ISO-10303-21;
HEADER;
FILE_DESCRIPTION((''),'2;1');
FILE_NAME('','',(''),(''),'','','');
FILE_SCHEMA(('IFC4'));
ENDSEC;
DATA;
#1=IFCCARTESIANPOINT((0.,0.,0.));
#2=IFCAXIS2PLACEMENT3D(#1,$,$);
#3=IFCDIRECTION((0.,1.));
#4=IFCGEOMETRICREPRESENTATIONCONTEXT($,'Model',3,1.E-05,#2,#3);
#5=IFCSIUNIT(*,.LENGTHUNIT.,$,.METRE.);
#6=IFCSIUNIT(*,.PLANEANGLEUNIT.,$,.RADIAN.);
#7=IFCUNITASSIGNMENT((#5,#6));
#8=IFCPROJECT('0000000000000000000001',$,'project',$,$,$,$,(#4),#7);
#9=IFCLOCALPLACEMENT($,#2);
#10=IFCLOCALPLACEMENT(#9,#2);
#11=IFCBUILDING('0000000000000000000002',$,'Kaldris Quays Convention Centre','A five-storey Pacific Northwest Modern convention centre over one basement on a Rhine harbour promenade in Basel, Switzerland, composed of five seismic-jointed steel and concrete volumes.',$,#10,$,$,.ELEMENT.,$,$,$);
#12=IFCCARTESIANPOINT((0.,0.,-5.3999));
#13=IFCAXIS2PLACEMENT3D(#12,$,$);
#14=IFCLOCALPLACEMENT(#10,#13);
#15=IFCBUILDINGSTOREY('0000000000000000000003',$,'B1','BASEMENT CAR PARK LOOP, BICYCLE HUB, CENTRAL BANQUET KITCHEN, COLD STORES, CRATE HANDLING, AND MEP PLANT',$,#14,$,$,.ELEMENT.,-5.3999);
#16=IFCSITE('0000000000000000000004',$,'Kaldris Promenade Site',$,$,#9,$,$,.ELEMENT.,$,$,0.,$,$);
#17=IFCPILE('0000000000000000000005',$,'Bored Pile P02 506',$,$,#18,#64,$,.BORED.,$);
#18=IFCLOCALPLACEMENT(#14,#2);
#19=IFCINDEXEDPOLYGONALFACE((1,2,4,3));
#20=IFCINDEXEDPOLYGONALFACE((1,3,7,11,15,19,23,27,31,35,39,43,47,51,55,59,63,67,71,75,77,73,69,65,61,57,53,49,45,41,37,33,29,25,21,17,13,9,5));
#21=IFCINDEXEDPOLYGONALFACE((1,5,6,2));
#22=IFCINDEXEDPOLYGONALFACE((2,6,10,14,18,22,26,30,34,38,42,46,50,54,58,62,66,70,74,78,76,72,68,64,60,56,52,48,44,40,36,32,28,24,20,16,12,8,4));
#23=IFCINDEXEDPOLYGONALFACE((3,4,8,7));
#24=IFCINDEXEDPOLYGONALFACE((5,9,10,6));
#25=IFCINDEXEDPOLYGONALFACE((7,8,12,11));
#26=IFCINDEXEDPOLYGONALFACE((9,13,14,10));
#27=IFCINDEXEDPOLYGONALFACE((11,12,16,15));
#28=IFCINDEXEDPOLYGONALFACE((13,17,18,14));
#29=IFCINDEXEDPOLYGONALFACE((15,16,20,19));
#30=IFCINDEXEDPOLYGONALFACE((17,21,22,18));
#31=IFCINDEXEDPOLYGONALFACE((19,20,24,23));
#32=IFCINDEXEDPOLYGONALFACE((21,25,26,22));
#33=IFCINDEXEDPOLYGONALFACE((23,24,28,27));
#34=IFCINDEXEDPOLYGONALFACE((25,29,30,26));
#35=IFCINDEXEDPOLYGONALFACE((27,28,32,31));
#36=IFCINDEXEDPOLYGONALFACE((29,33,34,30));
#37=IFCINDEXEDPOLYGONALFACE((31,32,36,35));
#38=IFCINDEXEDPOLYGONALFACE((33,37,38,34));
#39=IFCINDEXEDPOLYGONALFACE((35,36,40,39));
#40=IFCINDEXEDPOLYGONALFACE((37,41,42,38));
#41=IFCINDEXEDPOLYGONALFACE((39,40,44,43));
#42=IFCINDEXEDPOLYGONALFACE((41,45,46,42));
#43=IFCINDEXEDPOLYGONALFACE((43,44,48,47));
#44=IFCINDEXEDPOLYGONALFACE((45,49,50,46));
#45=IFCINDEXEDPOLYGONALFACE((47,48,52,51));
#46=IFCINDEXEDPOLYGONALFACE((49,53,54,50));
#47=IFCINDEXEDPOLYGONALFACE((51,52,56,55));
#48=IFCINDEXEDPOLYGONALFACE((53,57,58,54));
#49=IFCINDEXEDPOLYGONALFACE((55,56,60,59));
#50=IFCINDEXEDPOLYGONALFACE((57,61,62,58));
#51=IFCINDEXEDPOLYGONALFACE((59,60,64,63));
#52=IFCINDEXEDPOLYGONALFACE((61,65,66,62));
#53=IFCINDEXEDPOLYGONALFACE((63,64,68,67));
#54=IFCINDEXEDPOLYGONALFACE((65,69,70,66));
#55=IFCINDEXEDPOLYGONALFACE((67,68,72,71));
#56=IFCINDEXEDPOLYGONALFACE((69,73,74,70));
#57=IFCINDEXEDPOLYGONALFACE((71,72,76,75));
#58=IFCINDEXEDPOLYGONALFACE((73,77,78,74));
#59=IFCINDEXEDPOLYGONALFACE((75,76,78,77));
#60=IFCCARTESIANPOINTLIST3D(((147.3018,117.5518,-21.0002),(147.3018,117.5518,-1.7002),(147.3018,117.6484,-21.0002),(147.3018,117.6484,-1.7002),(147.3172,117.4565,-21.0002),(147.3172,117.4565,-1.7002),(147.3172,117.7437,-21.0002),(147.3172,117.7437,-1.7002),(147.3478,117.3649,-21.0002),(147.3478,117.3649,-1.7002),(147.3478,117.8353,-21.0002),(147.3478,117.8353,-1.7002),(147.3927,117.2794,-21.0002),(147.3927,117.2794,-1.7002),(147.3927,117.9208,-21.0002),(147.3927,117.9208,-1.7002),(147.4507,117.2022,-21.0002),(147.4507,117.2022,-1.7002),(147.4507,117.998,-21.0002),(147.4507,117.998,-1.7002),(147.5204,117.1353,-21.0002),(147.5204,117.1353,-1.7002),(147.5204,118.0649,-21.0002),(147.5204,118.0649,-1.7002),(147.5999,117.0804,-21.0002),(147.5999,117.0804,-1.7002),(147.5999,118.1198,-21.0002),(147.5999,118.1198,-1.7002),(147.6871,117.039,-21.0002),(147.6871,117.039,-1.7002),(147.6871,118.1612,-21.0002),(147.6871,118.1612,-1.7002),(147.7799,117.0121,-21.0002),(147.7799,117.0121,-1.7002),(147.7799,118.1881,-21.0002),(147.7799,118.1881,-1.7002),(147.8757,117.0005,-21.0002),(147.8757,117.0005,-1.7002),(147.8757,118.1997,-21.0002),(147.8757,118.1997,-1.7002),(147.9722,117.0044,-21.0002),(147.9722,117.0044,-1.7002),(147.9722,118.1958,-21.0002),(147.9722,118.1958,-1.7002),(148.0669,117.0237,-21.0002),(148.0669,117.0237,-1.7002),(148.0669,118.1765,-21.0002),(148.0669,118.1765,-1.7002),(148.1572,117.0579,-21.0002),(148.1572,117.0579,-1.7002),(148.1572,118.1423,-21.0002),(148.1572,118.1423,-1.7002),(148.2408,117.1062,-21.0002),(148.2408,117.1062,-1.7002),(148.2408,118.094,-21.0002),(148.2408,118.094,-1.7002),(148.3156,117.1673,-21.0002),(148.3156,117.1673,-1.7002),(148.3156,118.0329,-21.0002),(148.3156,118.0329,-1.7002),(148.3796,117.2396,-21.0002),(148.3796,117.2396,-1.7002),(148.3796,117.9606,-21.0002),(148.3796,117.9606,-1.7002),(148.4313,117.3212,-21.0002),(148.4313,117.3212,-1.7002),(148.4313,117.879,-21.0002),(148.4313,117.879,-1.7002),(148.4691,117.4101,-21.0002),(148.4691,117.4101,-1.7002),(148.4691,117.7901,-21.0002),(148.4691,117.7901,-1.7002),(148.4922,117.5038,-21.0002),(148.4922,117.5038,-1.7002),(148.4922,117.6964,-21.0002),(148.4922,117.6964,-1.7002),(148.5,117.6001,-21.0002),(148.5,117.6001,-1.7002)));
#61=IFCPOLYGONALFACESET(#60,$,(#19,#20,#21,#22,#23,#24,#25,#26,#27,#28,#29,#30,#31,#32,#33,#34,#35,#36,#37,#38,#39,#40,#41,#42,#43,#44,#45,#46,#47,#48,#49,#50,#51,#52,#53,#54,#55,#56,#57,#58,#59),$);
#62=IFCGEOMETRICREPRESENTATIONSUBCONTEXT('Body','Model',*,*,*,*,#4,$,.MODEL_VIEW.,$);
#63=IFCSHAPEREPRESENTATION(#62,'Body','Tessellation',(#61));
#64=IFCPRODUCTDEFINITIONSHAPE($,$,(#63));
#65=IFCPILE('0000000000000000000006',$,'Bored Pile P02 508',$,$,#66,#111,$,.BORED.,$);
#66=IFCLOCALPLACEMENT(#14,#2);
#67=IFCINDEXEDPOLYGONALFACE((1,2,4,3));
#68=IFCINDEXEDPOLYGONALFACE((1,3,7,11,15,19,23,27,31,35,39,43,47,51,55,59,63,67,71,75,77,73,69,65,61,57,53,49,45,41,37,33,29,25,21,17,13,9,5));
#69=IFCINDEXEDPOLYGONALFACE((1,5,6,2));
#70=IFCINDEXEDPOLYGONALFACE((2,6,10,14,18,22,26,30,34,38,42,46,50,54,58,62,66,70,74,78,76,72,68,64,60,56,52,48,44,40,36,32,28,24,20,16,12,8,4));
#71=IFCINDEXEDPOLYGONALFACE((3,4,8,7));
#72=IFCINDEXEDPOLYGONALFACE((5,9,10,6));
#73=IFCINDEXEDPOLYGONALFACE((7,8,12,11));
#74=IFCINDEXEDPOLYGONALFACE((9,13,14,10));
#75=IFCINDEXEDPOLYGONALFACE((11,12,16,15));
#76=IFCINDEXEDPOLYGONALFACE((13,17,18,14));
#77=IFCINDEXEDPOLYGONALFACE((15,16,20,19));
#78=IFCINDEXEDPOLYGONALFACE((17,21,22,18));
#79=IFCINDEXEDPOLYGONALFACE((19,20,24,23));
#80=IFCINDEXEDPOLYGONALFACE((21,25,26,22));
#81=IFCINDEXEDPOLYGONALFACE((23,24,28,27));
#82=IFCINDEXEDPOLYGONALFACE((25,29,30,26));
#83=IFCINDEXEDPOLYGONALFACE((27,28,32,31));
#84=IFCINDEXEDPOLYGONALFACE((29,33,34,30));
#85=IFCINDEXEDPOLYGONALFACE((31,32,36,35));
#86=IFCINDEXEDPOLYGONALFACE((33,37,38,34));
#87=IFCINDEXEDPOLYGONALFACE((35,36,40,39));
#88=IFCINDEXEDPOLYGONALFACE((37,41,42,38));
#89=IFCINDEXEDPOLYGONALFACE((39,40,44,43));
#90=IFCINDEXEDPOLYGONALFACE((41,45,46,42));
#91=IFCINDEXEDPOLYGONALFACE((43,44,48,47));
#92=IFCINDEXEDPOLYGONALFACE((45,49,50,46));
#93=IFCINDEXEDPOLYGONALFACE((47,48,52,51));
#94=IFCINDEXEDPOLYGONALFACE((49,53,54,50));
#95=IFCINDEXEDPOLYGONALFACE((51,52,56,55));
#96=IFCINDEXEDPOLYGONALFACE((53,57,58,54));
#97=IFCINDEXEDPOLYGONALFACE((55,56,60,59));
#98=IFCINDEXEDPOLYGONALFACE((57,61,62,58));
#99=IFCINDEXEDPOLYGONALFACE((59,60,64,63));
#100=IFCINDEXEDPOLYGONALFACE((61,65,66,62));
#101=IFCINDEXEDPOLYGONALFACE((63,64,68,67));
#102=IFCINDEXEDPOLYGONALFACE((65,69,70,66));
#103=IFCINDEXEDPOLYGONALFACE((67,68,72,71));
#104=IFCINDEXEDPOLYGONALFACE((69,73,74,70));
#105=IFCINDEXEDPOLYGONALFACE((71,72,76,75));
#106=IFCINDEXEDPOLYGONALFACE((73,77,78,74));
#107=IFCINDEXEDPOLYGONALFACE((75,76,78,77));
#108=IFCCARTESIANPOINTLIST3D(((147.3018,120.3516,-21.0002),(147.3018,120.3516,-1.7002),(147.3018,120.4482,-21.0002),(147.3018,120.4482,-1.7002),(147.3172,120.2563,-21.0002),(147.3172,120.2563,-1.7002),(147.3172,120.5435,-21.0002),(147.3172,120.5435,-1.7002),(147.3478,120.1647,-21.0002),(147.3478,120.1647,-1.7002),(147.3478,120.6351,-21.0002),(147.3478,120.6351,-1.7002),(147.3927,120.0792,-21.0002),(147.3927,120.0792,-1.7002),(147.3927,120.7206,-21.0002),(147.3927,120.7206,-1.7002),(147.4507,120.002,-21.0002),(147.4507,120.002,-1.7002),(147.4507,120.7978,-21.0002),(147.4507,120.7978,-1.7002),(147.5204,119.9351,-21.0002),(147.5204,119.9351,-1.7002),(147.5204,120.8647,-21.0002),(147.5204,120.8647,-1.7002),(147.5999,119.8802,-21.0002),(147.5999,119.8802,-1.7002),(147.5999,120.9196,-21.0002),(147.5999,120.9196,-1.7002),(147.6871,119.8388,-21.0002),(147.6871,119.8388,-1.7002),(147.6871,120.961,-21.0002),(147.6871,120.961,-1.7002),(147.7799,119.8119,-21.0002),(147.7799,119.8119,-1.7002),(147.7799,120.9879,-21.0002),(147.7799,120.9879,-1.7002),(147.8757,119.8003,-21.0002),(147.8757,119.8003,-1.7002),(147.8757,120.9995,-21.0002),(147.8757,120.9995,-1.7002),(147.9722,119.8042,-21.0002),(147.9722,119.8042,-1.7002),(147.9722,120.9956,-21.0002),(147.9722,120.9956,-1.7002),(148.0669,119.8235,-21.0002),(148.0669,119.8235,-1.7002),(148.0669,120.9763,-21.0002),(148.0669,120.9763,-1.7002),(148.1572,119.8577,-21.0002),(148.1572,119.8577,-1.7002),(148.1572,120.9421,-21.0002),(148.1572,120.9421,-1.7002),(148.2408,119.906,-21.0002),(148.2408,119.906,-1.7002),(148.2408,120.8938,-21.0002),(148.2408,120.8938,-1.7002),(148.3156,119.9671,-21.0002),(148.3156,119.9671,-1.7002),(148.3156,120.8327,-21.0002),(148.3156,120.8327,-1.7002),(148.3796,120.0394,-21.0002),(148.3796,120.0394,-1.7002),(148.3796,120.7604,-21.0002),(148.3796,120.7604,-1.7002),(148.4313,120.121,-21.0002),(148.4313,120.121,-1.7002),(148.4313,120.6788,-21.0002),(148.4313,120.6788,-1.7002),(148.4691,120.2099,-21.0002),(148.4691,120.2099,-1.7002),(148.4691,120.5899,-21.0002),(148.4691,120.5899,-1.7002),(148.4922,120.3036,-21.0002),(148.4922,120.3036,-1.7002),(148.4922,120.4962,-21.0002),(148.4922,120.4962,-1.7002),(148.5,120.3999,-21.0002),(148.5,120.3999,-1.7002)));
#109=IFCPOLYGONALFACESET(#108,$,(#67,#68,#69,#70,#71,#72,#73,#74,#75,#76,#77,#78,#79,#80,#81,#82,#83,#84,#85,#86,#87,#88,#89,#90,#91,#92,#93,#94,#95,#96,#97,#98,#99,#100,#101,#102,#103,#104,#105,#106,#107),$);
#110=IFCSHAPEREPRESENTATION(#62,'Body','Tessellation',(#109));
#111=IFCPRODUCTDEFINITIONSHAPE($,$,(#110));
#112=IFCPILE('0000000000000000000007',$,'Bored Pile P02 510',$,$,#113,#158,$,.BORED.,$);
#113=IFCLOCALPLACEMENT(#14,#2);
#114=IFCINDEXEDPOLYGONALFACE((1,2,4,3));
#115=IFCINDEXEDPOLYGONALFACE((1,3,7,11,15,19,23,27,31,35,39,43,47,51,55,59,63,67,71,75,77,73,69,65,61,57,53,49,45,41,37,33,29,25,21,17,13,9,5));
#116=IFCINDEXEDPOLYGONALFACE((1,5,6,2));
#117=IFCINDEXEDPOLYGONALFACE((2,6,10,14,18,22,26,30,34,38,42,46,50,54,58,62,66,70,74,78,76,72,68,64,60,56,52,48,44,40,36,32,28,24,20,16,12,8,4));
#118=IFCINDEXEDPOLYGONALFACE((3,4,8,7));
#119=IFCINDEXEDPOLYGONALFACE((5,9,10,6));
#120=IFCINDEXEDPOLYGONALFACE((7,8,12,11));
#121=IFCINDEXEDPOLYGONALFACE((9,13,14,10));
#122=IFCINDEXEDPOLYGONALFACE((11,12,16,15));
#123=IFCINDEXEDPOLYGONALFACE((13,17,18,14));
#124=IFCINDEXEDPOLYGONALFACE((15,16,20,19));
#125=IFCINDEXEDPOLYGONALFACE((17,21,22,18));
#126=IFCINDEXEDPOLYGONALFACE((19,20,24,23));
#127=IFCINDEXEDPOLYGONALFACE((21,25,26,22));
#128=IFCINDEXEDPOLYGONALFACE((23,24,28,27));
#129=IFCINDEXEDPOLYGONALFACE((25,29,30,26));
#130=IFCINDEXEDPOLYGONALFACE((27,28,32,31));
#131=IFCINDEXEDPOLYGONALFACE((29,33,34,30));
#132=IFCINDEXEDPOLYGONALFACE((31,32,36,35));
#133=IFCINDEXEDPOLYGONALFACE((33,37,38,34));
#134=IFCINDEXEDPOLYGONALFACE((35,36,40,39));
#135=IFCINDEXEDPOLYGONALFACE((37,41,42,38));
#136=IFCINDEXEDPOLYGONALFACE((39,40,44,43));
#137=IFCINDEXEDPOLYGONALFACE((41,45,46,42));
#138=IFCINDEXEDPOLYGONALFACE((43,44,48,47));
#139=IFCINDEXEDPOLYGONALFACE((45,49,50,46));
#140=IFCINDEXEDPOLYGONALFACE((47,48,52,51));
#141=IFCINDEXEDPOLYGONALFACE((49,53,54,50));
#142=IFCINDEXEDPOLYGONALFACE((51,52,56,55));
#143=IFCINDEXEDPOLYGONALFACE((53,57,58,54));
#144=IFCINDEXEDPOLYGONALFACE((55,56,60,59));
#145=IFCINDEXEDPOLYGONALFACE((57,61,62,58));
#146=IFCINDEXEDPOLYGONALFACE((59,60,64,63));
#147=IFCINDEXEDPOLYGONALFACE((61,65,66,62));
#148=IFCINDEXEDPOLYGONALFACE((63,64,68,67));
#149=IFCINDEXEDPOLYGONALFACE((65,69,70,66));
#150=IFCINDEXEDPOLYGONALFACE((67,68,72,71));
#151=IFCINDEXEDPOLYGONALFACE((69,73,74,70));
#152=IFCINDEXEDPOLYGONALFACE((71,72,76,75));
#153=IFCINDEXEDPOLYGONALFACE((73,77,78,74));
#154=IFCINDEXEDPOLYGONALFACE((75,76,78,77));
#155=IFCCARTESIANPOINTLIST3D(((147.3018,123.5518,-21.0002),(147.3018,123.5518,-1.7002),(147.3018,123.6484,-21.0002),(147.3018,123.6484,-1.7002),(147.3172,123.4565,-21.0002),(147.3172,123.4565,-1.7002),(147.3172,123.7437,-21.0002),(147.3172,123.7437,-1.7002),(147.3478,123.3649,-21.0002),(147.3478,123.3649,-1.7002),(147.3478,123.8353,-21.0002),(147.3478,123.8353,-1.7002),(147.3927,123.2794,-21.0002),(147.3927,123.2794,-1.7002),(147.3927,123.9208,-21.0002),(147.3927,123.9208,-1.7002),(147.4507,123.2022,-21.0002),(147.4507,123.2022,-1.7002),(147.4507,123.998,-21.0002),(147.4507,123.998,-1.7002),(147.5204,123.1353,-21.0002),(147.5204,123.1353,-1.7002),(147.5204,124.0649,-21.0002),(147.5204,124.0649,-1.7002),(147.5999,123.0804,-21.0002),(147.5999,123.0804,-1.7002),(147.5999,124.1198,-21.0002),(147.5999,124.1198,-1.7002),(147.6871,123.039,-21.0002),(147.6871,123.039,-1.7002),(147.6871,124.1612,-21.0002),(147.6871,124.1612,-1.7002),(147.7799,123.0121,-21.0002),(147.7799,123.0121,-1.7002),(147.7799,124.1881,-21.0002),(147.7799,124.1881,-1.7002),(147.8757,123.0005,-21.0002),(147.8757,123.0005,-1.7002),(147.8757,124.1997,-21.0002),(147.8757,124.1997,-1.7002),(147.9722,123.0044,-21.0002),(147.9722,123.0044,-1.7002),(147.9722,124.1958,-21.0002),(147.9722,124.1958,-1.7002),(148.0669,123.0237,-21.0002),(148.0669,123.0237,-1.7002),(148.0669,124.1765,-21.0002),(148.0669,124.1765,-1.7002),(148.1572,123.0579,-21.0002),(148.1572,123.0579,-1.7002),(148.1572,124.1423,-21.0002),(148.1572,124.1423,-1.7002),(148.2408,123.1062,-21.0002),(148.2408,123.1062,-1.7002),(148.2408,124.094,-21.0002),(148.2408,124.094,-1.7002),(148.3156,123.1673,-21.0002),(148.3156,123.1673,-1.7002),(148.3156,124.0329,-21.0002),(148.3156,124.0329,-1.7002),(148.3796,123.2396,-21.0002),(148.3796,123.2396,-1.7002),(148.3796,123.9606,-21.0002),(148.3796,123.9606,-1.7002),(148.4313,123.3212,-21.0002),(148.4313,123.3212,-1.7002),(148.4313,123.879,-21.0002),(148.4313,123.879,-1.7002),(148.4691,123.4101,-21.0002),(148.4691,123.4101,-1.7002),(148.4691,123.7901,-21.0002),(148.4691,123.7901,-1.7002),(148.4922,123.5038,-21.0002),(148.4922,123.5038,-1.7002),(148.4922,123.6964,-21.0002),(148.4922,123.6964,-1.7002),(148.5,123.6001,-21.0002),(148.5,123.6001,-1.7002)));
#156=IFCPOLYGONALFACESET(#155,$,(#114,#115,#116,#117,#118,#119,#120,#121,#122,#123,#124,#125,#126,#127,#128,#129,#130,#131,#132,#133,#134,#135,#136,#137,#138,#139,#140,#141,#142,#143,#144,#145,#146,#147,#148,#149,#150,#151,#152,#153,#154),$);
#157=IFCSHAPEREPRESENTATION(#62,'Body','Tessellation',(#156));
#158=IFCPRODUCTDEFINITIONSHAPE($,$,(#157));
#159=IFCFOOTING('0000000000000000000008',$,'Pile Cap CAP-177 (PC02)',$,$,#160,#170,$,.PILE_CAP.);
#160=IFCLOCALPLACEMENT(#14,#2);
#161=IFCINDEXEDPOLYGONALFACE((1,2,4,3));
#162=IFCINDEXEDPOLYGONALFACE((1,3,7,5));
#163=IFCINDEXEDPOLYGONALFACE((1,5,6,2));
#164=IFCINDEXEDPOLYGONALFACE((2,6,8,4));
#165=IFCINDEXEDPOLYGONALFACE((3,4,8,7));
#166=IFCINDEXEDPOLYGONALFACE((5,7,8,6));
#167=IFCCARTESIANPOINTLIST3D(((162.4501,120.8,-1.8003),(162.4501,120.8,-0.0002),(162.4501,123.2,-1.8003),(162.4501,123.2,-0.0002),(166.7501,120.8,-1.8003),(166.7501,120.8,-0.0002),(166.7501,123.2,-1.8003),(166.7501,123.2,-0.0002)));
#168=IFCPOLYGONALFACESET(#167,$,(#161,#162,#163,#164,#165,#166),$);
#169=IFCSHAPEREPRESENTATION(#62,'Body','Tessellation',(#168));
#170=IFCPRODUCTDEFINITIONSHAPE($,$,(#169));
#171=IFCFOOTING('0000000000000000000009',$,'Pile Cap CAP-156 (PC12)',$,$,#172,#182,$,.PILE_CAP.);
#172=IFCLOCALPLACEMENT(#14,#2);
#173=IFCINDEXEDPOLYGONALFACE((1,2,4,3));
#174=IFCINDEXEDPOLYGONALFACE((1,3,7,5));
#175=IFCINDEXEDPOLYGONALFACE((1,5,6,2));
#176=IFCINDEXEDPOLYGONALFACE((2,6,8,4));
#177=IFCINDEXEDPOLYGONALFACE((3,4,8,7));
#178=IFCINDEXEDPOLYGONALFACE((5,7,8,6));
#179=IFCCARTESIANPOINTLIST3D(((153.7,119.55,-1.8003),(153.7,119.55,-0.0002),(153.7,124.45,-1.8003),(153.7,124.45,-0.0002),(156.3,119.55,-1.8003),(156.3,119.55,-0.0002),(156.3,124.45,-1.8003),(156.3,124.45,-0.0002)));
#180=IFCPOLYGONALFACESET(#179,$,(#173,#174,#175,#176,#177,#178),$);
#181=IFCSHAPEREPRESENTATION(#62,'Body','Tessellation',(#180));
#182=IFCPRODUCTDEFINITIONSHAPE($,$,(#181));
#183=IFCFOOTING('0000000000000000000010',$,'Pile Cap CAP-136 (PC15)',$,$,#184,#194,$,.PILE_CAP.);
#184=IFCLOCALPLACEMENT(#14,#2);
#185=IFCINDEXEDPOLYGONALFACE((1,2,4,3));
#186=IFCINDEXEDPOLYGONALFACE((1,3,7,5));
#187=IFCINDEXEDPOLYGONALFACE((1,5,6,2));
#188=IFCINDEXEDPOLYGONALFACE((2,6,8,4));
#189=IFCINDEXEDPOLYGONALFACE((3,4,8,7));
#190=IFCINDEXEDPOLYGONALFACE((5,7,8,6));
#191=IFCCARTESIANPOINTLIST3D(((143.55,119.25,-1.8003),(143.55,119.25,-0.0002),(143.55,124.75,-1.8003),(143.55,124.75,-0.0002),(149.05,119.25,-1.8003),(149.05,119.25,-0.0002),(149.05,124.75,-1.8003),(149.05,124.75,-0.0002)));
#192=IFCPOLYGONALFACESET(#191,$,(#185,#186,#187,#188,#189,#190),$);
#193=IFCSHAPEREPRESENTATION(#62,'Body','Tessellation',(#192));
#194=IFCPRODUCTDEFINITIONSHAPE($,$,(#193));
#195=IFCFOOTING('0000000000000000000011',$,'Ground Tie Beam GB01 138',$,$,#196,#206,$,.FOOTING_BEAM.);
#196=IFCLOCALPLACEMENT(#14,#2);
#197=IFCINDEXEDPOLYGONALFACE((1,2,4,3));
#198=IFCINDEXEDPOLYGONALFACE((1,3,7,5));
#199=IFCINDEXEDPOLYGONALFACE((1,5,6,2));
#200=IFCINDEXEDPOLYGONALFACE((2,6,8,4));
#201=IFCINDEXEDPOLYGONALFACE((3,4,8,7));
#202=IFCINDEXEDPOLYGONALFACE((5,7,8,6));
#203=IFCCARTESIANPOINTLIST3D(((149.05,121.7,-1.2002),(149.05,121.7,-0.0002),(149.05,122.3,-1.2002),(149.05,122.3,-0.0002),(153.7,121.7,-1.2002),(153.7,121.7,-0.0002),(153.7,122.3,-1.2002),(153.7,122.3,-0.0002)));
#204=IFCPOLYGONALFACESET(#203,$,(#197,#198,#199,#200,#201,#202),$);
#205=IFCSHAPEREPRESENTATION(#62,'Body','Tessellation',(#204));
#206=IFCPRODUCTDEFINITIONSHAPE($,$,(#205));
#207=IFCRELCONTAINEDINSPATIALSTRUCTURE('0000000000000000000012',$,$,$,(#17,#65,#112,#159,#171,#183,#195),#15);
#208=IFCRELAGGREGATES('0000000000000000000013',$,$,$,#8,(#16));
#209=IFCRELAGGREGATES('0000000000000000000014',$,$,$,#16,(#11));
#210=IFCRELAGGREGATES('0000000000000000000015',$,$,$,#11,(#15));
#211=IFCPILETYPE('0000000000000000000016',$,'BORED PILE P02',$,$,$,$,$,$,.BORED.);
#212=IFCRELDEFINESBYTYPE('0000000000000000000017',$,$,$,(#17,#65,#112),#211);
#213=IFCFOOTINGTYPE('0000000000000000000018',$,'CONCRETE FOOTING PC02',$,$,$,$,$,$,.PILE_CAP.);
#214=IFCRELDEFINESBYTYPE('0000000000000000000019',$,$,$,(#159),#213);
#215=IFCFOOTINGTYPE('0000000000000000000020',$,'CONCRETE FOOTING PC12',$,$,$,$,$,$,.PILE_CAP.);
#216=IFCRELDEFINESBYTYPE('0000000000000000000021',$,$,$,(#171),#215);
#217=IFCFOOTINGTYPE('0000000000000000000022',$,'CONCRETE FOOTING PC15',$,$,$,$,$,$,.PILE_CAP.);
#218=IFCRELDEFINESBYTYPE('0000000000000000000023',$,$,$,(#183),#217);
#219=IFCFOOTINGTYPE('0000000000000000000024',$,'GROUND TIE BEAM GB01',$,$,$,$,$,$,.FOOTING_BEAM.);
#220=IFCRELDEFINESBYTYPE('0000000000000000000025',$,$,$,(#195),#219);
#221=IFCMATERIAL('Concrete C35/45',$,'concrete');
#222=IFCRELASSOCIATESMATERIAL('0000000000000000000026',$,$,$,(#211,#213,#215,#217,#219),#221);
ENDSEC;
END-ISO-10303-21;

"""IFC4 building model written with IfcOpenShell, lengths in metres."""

from ifc_helpers import new_model, si_unit, direction, frame, origin, origin_2d, place, context, subcontext, project, spatial, rectangle, circle, extrude, material, material_profile, profile_set, type_object, element, save


model = new_model("IFC4")

# Units and contexts
model_context = context("Model", 3, precision=1e-05, world=origin(), true_north=direction((0.0, 1.0)))
body_context = subcontext(model_context, "Body", "Model", "MODEL_VIEW")
ifc_project = project(units=[si_unit("LENGTHUNIT", "METRE"), si_unit("PLANEANGLEUNIT", "RADIAN")], contexts=[model_context])

# Site, building, storey
site_placement = place(None, origin())
site = spatial("IfcSite", under=ifc_project, at=site_placement, Name="Kaldris Promenade Site", CompositionType="ELEMENT", RefElevation=0.0)
building_placement = place(site_placement, origin())
building = spatial("IfcBuilding", under=site, at=building_placement, Name="Kaldris Quays Convention Centre", Description="A five-storey Pacific Northwest Modern convention centre over one basement on a Rhine harbour promenade in Basel, Switzerland, composed of five seismic-jointed steel and concrete volumes.", CompositionType="ELEMENT")
storey_placement = place(building_placement, frame((0.0, 0.0, -5.3999)))
storey = spatial("IfcBuildingStorey", under=building, at=storey_placement, Name="B1", Description="BASEMENT CAR PARK LOOP, BICYCLE HUB, CENTRAL BANQUET KITCHEN, COLD STORES, CRATE HANDLING, AND MEP PLANT", CompositionType="ELEMENT", Elevation=-5.3999)

# Piles
ifc_material_1 = material(Name="Concrete C35/45", Category="concrete")
ifc_material_profile_1 = material_profile(ifc_material_1, circle(Radius=0.6001, at=origin_2d()), Name="BORED PILE D1200")
ifc_profile_set_1 = profile_set([ifc_material_profile_1], Name="Concrete C35/45")
pile_type_1 = type_object("IfcPileType", Name="BORED PILE P02", PredefinedType="BORED", material=ifc_profile_set_1)
for number, where, z_axis, x_axis, name in (
    (1, (147.8999, 117.6001, -1.7002), (0.0, 0.0, -1.0), (1.0, 0.0, 0.0), "Bored Pile P02 506"),
    (2, (147.8999, 120.3999, -1.7002), (0.0, 0.0, -1.0), (1.0, 0.0, 0.0), "Bored Pile P02 508"),
    (3, (147.8999, 123.6001, -1.7002), (0.0, 0.0, -1.0), (1.0, 0.0, 0.0), "Bored Pile P02 510"),
):
    element("IfcPile", number, at=place(storey_placement, frame(where, z_axis=z_axis, x_axis=x_axis)), inside=storey, type_object=pile_type_1, Name=name, PredefinedType="BORED", context=body_context, shape_type="SweptSolid", body=[
        extrude(circle(Radius=0.6001, at=origin_2d()), origin(), (0.0, 0.0, 1.0), 19.3),
    ])

# Footings
footing_type_1 = type_object("IfcFootingType", Name="CONCRETE FOOTING PC02", PredefinedType="PILE_CAP", material=ifc_material_1)
footing_1_placement = place(storey_placement, frame((164.6001, 122.0, -1.8003), z_axis=(0.0, 0.0, 1.0), x_axis=(1.0, 0.0, 0.0)))
element("IfcFooting", 4, at=footing_1_placement, inside=storey, type_object=footing_type_1, Name="Pile Cap CAP-177 (PC02)", PredefinedType="PILE_CAP", context=body_context, shape_type="SweptSolid", body=[
    extrude(rectangle(XDim=4.3, YDim=2.3999, at=origin_2d()), origin(), (0.0, 0.0, 1.0), 1.8),
])
footing_type_2 = type_object("IfcFootingType", Name="CONCRETE FOOTING PC12", PredefinedType="PILE_CAP", material=ifc_material_1)
footing_2_placement = place(storey_placement, frame((155.0, 122.0, -1.8003), z_axis=(0.0, 0.0, 1.0), x_axis=(1.0, 0.0, 0.0)))
element("IfcFooting", 5, at=footing_2_placement, inside=storey, type_object=footing_type_2, Name="Pile Cap CAP-156 (PC12)", PredefinedType="PILE_CAP", context=body_context, shape_type="SweptSolid", body=[
    extrude(rectangle(XDim=2.6001, YDim=4.8999, at=origin_2d()), origin(), (0.0, 0.0, 1.0), 1.8),
])
footing_type_3 = type_object("IfcFootingType", Name="CONCRETE FOOTING PC15", PredefinedType="PILE_CAP", material=ifc_material_1)
footing_3_placement = place(storey_placement, frame((146.3, 122.0, -1.8003), z_axis=(0.0, 0.0, 1.0), x_axis=(1.0, 0.0, 0.0)))
element("IfcFooting", 6, at=footing_3_placement, inside=storey, type_object=footing_type_3, Name="Pile Cap CAP-136 (PC15)", PredefinedType="PILE_CAP", context=body_context, shape_type="SweptSolid", body=[
    extrude(rectangle(XDim=5.5, YDim=5.5, at=origin_2d()), origin(), (0.0, 0.0, 1.0), 1.8),
])
footing_type_4 = type_object("IfcFootingType", Name="GROUND TIE BEAM GB01", PredefinedType="FOOTING_BEAM", material=ifc_material_1)
footing_4_placement = place(storey_placement, frame((151.375, 122.0, -1.2002), z_axis=(0.0, 0.0, 1.0), x_axis=(1.0, 0.0, 0.0)))
element("IfcFooting", 7, at=footing_4_placement, inside=storey, type_object=footing_type_4, Name="Ground Tie Beam GB01 138", PredefinedType="FOOTING_BEAM", context=body_context, shape_type="SweptSolid", body=[
    extrude(rectangle(XDim=4.6499, YDim=0.6001, at=origin_2d()), origin(), (0.0, 0.0, 1.0), 1.2),
])

save(model, "model.ifc")
